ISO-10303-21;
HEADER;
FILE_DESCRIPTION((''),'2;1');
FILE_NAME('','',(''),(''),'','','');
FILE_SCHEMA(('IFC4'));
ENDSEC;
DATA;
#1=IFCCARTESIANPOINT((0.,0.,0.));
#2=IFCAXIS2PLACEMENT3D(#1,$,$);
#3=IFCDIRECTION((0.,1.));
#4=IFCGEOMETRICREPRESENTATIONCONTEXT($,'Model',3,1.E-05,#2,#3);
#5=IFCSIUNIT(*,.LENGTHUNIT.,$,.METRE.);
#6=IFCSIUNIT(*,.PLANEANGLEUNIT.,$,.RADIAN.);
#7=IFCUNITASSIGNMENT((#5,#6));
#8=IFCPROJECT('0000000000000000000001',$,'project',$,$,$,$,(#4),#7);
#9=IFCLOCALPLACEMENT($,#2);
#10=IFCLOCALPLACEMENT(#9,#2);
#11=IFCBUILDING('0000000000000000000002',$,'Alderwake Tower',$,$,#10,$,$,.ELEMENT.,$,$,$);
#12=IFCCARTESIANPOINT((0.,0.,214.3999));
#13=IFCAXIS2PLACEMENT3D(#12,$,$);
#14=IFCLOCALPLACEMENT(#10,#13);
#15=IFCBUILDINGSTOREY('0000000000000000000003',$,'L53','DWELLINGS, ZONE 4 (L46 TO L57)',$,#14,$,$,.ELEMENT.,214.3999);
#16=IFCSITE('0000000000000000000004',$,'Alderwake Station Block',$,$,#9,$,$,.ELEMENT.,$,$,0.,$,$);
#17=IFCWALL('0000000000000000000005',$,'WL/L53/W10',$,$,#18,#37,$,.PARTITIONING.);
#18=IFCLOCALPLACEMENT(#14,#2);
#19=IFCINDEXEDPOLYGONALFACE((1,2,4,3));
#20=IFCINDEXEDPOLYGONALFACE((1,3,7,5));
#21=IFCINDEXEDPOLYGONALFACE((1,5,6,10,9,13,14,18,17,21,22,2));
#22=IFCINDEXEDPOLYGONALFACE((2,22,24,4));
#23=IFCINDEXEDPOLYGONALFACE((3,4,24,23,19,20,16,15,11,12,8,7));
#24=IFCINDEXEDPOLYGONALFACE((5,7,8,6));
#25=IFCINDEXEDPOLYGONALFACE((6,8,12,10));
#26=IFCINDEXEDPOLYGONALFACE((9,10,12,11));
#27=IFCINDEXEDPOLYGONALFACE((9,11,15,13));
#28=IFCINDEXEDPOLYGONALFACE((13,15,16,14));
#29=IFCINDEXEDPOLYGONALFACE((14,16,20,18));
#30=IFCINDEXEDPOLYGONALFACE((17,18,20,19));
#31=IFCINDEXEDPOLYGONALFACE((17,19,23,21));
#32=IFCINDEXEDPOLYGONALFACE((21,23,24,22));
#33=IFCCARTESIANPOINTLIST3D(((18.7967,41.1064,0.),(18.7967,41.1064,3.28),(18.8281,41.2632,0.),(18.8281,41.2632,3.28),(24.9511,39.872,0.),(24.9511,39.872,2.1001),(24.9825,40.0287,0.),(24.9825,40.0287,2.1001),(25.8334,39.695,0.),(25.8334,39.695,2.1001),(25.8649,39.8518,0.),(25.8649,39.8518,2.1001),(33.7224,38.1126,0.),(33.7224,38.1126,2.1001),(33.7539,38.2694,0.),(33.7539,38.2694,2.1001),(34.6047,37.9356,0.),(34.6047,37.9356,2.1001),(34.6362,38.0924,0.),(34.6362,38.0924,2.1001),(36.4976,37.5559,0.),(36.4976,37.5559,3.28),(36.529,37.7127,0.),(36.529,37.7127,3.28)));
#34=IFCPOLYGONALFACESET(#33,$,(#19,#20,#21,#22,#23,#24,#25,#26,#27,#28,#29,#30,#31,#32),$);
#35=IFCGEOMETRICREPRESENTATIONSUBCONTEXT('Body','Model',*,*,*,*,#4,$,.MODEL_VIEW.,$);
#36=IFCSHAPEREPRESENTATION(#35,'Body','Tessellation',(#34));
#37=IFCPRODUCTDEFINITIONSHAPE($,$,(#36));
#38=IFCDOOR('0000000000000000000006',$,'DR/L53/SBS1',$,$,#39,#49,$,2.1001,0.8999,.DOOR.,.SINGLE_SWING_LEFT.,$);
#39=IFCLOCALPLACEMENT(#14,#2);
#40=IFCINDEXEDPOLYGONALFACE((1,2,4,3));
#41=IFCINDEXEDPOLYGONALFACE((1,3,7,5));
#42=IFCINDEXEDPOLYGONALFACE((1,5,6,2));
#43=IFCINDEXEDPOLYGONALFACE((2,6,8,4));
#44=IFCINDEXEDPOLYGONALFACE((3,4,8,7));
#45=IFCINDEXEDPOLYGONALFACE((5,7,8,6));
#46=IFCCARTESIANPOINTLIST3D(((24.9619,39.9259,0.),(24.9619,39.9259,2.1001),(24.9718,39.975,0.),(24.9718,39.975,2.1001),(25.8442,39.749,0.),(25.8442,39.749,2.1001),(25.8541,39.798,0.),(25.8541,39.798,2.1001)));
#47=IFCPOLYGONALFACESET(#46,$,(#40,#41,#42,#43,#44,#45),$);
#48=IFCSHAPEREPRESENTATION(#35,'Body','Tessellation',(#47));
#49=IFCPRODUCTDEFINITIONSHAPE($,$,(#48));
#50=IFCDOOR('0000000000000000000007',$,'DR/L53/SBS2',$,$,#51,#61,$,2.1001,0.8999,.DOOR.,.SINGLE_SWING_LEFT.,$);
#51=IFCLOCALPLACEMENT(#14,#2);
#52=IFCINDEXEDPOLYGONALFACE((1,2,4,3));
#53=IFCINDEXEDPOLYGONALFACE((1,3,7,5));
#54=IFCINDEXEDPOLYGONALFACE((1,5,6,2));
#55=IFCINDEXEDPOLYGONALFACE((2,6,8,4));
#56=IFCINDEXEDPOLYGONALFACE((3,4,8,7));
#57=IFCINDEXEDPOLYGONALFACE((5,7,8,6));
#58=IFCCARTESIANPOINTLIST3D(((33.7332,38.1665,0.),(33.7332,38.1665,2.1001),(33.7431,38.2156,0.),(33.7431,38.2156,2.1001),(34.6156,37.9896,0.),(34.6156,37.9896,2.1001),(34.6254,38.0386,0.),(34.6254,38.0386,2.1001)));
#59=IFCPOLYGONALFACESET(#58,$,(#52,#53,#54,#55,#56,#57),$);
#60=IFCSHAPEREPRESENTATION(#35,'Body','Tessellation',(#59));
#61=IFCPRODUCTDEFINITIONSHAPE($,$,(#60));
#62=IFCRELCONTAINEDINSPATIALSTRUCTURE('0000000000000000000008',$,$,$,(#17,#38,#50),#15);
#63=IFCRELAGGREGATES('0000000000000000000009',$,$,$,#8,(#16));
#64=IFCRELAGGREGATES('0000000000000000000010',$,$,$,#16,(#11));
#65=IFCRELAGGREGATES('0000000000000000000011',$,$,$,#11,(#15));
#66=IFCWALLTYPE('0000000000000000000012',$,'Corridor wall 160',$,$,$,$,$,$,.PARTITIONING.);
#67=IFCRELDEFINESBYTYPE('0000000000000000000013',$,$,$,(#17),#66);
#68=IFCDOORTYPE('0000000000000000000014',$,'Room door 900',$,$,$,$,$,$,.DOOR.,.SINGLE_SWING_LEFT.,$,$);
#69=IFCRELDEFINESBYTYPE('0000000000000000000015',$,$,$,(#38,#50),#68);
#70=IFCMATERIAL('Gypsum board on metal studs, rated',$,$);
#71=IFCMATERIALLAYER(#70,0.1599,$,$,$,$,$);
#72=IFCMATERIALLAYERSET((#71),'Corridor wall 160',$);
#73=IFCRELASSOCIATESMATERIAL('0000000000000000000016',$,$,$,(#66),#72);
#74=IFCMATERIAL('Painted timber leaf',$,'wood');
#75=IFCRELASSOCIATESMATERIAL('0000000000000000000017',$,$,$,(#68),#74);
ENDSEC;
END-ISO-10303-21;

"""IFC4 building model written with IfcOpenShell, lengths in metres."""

from ifc_helpers import new_model, si_unit, direction, frame, frame_2d, origin, place, context, subcontext, project, spatial, rectangle, extrude, material, layer, layer_set, type_object, element, fill, save


model = new_model("IFC4")

# Units and contexts
model_context = context("Model", 3, precision=1e-05, world=origin(), true_north=direction((0.0, 1.0)))
body_context = subcontext(model_context, "Body", "Model", "MODEL_VIEW")
ifc_project = project(units=[si_unit("LENGTHUNIT", "METRE"), si_unit("PLANEANGLEUNIT", "RADIAN")], contexts=[model_context])

# Site, building, storey
site_placement = place(None, origin())
site = spatial("IfcSite", under=ifc_project, at=site_placement, Name="Alderwake Station Block", CompositionType="ELEMENT", RefElevation=0.0)
building_placement = place(site_placement, origin())
building = spatial("IfcBuilding", under=site, at=building_placement, Name="Alderwake Tower", CompositionType="ELEMENT")
storey_placement = place(building_placement, frame((0.0, 0.0, 214.3999)))
storey = spatial("IfcBuildingStorey", under=building, at=storey_placement, Name="L53", Description="DWELLINGS, ZONE 4 (L46 TO L57)", CompositionType="ELEMENT", Elevation=214.3999)

# Wall, openings, doors
ifc_material_1 = material(Name="Gypsum board on metal studs, rated")
ifc_layer_1 = layer(ifc_material_1, 0.1599)
ifc_layer_set_1 = layer_set([ifc_layer_1], Name="Corridor wall 160")
wall_type_1 = type_object("IfcWallType", Name="Corridor wall 160", PredefinedType="PARTITIONING", material=ifc_layer_set_1)
wall_1_placement = place(storey_placement, frame((36.5134, 37.6343, 0.0), z_axis=(0.0, 0.0, 1.0), x_axis=(-0.98047, 0.196667, 0.0)))
wall_1 = element("IfcWall", 1, at=wall_1_placement, inside=storey, type_object=wall_type_1, Name="WL/L53/W10", PredefinedType="PARTITIONING", context=body_context, shape_type="SweptSolid", body=[
    extrude(rectangle(XDim=18.0535, YDim=0.1599, at=frame_2d((9.0269, 0.0))), origin(), (0.0, 0.0, 1.0), 3.28),
])
opening_1_placement = place(wall_1_placement, frame((10.8767, 0.0, 0.0)))
opening_1 = element("IfcOpeningElement", 2, at=opening_1_placement, cuts=wall_1, PredefinedType="OPENING", context=body_context, shape_type="SweptSolid", body=[
    extrude(rectangle(XDim=0.8999, YDim=2.1001, at=frame_2d((0.45, 1.05))), frame((0.0, 0.0898, 0.0), z_axis=(0.0, -1.0, 0.0), x_axis=(1.0, 0.0, 0.0)), (0.0, 0.0, 1.0), 0.1799),
])
opening_2_placement = place(wall_1_placement, frame((1.9307, 0.0, 0.0)))
opening_2 = element("IfcOpeningElement", 3, at=opening_2_placement, cuts=wall_1, PredefinedType="OPENING", context=body_context, shape_type="SweptSolid", body=[
    extrude(rectangle(XDim=0.8999, YDim=2.1001, at=frame_2d((0.45, 1.05))), frame((0.0, 0.0898, 0.0), z_axis=(0.0, -1.0, 0.0), x_axis=(1.0, 0.0, 0.0)), (0.0, 0.0, 1.0), 0.1799),
])
ifc_material_2 = material(Name="Painted timber leaf", Category="wood")
door_type_1 = type_object("IfcDoorType", Name="Room door 900", OperationType="SINGLE_SWING_LEFT", PredefinedType="DOOR", material=ifc_material_2)
door_1_placement = place(opening_1_placement, origin())
door_1 = element("IfcDoor", 4, at=door_1_placement, inside=storey, type_object=door_type_1, Name="DR/L53/SBS1", OperationType="SINGLE_SWING_LEFT", OverallHeight=2.1001, OverallWidth=0.8999, PredefinedType="DOOR", context=body_context, shape_type="SweptSolid", body=[
    extrude(rectangle(XDim=0.8999, YDim=2.1001, at=frame_2d((0.45, 1.05))), frame((0.0, 0.0249, 0.0), z_axis=(0.0, -1.0, 0.0), x_axis=(1.0, 0.0, 0.0)), (0.0, 0.0, 1.0), 0.05),
])
fill(opening_1, door_1)
door_2_placement = place(opening_2_placement, origin())
door_2 = element("IfcDoor", 5, at=door_2_placement, inside=storey, type_object=door_type_1, Name="DR/L53/SBS2", OperationType="SINGLE_SWING_LEFT", OverallHeight=2.1001, OverallWidth=0.8999, PredefinedType="DOOR", context=body_context, shape_type="SweptSolid", body=[
    extrude(rectangle(XDim=0.8999, YDim=2.1001, at=frame_2d((0.45, 1.05))), frame((0.0, 0.0249, 0.0), z_axis=(0.0, -1.0, 0.0), x_axis=(1.0, 0.0, 0.0)), (0.0, 0.0, 1.0), 0.05),
])
fill(opening_2, door_2)

save(model, "model.ifc")
